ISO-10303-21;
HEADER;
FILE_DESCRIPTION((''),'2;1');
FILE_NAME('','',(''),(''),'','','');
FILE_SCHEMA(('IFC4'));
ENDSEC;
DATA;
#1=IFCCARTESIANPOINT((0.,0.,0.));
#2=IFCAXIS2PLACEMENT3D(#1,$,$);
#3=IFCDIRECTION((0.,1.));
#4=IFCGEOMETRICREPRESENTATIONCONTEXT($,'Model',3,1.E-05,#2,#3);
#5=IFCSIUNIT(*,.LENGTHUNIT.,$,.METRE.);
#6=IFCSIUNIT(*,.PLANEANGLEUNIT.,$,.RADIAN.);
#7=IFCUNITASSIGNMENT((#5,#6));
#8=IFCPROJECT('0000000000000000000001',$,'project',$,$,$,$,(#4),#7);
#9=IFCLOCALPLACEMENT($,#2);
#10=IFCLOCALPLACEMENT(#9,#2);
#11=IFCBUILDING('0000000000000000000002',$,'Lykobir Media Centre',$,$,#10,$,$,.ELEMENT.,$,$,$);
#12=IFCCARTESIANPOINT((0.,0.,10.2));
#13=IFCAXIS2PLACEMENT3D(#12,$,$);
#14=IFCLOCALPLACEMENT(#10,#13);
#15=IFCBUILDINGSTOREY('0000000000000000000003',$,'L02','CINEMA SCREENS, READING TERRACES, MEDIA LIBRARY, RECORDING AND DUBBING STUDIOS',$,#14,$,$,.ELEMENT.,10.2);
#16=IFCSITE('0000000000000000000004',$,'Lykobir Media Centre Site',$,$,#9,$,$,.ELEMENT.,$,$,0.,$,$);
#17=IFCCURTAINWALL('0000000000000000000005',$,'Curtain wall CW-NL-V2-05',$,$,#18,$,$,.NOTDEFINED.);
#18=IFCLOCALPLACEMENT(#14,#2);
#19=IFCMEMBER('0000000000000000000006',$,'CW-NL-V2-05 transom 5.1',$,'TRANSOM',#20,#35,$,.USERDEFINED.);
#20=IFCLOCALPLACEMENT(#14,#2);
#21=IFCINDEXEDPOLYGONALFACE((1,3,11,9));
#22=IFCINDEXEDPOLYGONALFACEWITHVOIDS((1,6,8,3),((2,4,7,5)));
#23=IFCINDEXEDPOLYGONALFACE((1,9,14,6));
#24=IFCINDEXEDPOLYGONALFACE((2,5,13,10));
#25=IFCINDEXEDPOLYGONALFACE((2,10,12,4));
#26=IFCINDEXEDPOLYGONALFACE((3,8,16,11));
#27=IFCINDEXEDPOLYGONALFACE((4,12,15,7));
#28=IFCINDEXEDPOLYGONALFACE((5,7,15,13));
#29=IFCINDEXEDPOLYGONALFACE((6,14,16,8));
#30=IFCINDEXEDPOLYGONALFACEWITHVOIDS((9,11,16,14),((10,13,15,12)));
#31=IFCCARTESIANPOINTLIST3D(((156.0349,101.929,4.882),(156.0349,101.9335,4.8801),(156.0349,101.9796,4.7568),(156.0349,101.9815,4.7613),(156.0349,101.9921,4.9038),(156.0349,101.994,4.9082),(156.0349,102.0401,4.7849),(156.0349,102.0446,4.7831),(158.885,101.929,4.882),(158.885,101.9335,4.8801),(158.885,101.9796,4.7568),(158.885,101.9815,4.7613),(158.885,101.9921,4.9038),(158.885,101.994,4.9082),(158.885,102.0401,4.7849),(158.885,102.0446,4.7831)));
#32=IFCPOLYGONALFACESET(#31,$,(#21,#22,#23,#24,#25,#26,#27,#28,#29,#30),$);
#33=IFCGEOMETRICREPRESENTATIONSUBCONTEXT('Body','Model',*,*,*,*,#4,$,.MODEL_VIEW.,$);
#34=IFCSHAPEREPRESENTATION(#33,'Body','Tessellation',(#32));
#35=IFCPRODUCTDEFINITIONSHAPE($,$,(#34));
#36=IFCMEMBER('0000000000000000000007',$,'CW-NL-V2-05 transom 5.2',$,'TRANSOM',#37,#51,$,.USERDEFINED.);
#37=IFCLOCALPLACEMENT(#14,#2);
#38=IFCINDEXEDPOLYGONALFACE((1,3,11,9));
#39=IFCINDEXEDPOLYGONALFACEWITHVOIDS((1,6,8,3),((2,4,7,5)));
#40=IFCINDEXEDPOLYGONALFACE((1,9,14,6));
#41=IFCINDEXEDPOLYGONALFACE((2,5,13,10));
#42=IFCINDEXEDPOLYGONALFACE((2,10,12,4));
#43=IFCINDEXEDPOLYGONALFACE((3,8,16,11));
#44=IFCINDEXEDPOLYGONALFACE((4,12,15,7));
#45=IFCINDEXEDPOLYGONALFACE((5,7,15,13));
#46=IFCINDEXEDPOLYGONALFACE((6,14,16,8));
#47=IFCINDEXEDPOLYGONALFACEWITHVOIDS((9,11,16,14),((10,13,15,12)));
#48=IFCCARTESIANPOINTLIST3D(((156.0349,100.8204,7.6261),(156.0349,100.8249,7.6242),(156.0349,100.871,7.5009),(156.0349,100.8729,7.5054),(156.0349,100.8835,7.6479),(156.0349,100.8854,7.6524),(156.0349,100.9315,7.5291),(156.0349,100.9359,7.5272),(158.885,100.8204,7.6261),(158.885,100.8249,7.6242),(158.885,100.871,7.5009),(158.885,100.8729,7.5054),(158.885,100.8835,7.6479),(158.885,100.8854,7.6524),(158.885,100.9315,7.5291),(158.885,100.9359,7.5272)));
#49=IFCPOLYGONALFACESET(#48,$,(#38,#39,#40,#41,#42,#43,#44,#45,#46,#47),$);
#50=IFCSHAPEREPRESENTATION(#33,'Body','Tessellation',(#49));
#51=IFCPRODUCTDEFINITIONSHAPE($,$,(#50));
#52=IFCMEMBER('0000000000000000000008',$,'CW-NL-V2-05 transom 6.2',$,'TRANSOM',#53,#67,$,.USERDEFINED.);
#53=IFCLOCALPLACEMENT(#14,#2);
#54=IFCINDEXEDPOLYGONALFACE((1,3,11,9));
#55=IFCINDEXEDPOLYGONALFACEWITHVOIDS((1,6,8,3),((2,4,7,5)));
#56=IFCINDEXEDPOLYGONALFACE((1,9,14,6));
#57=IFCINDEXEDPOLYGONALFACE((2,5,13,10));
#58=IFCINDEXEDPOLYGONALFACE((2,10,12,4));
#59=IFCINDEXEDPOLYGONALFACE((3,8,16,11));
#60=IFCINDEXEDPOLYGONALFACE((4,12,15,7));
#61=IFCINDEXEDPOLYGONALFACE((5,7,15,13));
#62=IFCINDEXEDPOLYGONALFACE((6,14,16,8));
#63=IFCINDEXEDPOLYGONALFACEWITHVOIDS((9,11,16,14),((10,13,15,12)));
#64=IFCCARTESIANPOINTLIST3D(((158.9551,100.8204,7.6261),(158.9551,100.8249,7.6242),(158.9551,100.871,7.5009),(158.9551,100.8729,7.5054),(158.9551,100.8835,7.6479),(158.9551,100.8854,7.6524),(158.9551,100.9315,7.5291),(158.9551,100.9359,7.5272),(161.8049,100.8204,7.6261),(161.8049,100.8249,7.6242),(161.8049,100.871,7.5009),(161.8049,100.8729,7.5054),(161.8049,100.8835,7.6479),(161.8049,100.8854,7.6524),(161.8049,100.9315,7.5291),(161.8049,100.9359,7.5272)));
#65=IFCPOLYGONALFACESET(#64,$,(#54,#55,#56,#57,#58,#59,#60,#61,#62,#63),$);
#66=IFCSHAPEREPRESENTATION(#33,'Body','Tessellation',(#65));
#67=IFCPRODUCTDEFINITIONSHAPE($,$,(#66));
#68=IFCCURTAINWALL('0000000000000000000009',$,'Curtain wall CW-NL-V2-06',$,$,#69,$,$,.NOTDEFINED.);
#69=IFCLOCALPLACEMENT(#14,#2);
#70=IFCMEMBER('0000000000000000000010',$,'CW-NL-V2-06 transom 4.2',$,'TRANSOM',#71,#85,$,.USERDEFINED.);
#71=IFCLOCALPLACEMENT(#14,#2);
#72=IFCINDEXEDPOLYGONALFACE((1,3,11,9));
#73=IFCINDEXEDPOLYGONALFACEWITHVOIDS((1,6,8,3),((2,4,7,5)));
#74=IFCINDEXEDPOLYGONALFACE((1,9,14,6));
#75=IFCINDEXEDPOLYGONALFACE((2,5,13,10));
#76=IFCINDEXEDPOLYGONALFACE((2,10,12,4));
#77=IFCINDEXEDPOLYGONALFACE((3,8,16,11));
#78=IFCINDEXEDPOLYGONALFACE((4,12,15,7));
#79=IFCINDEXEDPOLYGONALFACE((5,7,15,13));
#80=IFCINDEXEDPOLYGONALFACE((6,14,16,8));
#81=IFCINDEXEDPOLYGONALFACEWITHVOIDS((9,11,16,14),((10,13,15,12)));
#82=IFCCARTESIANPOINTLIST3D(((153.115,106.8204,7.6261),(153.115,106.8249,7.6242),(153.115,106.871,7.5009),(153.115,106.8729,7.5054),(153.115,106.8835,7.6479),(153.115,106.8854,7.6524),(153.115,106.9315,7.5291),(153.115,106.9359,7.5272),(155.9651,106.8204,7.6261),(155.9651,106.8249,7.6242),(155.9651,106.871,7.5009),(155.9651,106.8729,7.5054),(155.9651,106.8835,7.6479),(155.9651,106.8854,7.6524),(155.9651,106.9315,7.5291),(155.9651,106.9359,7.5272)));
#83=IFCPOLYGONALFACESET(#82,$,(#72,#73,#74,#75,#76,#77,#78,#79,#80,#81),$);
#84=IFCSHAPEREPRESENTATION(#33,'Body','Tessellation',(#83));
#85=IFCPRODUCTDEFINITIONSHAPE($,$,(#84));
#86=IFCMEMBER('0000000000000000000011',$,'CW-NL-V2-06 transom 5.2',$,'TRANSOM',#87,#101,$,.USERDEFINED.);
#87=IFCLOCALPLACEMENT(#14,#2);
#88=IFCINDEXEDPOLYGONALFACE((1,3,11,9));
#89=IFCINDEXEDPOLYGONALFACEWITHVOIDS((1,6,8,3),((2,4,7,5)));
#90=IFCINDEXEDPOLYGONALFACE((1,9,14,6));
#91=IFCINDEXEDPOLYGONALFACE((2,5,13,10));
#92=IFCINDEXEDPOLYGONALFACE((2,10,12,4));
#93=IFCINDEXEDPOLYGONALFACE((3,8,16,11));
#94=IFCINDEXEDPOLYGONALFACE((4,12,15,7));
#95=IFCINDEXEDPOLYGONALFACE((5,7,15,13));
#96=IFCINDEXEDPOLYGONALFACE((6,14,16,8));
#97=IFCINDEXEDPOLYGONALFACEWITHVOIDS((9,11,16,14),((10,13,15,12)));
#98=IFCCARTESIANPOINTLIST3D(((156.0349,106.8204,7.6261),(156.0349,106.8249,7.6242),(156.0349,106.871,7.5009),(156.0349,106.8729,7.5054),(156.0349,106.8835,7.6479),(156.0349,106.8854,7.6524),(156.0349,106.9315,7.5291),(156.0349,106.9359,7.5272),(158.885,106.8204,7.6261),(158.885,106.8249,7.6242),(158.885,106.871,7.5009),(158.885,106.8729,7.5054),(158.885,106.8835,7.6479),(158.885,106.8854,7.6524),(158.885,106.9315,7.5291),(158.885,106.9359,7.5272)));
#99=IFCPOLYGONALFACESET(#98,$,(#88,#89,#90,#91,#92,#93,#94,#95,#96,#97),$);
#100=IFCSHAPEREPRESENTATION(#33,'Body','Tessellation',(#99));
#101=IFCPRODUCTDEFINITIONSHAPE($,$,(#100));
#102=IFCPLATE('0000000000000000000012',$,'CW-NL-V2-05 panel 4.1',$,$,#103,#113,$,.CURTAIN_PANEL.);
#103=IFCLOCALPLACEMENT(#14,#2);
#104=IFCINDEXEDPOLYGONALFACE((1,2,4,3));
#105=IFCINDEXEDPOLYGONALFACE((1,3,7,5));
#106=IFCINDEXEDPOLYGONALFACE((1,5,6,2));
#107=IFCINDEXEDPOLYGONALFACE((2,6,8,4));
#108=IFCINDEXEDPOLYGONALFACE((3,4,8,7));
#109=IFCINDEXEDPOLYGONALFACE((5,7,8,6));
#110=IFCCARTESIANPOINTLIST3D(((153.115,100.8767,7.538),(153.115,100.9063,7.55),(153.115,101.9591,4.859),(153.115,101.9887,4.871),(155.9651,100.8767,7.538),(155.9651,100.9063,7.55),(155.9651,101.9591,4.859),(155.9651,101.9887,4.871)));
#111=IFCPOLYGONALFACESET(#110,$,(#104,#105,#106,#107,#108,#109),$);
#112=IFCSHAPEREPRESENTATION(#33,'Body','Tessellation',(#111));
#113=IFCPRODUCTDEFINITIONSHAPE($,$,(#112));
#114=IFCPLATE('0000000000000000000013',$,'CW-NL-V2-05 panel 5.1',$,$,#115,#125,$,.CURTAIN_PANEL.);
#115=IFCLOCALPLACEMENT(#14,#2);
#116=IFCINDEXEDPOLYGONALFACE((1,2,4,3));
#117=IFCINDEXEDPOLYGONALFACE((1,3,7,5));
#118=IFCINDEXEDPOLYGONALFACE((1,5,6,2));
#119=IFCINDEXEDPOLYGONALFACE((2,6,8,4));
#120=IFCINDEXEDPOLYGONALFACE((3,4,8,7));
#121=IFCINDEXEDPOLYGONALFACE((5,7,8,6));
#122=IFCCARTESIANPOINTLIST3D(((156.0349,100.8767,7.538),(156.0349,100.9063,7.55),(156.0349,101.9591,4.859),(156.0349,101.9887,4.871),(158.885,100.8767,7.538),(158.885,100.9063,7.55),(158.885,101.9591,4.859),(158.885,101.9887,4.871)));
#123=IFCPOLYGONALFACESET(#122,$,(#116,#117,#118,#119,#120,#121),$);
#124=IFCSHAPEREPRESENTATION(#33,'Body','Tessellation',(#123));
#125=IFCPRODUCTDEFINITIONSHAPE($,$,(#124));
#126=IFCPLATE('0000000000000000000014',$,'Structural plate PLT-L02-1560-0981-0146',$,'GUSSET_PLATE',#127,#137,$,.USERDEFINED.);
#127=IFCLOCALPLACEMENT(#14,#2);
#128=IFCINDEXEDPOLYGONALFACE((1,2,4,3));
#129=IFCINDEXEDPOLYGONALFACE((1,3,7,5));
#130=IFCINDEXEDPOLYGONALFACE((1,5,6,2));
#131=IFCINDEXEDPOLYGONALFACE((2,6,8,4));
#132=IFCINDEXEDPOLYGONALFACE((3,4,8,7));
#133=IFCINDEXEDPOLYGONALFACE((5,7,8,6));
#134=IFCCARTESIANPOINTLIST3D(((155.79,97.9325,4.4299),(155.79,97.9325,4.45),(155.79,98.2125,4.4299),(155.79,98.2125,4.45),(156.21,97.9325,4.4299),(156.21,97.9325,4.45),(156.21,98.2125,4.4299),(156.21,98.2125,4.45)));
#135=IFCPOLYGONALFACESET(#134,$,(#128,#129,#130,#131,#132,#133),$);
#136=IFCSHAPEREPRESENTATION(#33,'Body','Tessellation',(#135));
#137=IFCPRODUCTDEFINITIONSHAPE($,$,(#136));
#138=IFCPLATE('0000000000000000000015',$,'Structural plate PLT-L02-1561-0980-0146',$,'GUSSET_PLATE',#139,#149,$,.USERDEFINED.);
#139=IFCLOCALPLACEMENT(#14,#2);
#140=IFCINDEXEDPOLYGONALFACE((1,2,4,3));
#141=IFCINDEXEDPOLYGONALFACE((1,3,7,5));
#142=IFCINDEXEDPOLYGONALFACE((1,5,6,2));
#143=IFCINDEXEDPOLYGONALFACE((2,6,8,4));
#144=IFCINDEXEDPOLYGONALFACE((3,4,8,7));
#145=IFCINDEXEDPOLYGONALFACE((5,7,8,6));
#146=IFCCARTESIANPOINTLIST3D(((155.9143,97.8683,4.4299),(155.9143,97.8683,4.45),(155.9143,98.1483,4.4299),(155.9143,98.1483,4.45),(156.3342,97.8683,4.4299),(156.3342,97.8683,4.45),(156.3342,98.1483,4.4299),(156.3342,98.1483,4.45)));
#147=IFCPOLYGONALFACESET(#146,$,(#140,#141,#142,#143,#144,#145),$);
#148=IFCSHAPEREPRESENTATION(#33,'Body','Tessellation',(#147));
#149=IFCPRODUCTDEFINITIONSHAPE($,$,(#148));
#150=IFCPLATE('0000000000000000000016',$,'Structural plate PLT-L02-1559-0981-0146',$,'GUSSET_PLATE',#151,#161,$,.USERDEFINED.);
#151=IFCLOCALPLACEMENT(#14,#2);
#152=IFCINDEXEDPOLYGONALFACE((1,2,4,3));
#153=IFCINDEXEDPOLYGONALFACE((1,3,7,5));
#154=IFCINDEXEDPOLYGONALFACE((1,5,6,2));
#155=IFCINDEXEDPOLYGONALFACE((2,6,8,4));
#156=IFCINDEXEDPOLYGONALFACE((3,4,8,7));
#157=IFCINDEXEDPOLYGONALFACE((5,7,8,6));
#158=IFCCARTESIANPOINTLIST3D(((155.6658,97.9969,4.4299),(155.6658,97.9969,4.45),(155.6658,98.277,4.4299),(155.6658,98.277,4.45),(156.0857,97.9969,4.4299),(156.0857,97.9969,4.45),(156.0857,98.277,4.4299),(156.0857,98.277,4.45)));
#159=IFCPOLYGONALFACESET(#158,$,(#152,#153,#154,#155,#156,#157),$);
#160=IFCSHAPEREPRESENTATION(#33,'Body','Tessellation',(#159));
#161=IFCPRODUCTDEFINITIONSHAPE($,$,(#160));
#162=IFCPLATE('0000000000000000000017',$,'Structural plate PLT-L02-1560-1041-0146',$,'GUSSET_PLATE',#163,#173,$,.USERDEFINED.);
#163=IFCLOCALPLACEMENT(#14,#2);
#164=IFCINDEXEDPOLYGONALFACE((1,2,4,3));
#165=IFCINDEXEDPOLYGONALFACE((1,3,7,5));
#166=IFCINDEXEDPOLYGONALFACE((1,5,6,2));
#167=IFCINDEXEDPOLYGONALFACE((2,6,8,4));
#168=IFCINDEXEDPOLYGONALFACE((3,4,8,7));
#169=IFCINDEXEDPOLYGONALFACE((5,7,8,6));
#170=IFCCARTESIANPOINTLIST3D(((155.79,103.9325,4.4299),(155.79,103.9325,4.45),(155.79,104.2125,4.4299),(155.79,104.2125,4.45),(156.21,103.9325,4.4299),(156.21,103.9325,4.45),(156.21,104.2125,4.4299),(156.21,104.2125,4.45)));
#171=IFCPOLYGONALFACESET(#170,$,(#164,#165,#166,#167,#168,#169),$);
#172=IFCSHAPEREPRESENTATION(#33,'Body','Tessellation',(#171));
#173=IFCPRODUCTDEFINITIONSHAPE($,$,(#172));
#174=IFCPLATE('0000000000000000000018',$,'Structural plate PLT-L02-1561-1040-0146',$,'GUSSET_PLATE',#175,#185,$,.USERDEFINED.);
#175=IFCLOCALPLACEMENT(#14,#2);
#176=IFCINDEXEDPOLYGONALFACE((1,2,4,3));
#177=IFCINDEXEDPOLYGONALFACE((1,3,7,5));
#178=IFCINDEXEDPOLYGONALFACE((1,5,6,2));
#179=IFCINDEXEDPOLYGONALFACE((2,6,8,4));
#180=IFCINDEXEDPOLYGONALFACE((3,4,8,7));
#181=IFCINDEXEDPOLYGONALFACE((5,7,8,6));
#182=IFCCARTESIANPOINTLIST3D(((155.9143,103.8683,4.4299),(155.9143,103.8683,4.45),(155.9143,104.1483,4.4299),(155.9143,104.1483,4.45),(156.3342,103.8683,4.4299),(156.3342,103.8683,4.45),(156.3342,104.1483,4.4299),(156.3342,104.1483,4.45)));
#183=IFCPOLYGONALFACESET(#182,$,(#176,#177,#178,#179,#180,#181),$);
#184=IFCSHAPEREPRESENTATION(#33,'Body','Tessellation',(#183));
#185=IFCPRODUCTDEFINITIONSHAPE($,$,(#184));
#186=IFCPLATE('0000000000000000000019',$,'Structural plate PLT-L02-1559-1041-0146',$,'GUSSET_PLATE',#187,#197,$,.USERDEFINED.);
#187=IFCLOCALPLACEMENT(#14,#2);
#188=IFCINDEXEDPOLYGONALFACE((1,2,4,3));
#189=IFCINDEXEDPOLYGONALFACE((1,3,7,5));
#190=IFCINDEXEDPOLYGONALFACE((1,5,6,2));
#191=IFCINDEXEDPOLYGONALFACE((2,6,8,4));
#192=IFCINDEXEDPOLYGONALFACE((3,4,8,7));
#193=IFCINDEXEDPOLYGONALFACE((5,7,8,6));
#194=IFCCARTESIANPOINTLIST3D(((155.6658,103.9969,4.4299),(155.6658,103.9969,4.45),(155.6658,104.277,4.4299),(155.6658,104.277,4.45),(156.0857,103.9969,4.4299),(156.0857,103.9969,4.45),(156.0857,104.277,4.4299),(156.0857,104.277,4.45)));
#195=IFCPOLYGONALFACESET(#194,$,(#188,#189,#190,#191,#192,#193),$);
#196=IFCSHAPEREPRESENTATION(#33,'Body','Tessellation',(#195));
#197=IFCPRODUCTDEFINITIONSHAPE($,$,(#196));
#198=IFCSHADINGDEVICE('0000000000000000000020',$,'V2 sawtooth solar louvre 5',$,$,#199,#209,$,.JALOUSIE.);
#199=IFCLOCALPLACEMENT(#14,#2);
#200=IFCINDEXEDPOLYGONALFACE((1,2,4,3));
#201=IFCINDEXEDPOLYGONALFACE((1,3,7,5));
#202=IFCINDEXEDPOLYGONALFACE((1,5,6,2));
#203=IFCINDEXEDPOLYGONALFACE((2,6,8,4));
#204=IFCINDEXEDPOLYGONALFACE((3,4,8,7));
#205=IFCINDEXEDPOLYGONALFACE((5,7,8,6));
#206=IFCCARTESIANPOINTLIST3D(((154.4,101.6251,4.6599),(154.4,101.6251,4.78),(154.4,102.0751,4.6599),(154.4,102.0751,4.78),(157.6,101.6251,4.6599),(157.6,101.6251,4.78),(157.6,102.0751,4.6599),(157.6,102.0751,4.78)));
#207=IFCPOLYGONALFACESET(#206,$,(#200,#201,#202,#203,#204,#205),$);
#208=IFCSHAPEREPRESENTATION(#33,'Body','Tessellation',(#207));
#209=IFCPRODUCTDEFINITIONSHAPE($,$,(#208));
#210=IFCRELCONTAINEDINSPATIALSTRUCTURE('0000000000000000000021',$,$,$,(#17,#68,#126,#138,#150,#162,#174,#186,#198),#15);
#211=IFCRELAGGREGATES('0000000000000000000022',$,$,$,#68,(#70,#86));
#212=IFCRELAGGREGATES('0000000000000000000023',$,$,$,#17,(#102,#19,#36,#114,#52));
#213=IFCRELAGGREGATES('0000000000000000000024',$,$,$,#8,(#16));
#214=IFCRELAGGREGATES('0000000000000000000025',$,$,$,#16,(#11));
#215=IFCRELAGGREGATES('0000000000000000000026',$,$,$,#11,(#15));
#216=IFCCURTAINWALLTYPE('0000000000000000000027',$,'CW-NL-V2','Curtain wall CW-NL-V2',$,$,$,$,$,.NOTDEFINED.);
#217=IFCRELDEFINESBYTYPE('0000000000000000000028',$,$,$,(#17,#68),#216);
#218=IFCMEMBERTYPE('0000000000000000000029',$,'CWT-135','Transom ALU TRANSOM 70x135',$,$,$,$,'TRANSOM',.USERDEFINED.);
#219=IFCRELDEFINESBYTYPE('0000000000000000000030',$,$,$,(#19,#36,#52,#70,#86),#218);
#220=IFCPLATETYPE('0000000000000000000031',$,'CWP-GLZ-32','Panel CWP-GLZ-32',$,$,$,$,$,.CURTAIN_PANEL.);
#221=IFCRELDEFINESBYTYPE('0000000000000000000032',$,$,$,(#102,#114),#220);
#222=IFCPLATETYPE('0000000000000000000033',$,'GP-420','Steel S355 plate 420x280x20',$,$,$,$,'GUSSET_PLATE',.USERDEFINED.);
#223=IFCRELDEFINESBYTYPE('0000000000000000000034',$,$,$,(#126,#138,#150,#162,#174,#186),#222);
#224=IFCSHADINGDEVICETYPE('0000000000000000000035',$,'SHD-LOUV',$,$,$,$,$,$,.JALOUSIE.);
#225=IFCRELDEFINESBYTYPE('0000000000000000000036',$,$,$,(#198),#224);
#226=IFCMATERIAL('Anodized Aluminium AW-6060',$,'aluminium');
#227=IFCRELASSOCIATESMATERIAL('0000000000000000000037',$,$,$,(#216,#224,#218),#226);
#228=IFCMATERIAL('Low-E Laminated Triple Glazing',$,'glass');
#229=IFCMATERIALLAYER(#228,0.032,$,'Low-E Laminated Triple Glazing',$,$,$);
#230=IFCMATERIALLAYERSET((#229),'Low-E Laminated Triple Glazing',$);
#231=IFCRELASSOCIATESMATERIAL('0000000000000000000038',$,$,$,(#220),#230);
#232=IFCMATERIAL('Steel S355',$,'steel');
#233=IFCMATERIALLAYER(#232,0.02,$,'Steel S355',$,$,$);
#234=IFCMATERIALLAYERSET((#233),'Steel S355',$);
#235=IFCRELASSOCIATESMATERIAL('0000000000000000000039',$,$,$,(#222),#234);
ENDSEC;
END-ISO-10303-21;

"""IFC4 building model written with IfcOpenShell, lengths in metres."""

from ifc_helpers import new_model, si_unit, direction, frame, origin, origin_2d, place, context, subcontext, project, spatial, rectangle, hollow_rectangle, extrude, material, layer, layer_set, material_profile, profile_set, type_object, element, aggregate, save


model = new_model("IFC4")

# Units and contexts
model_context = context("Model", 3, precision=1e-05, world=origin(), true_north=direction((0.0, 1.0)))
body_context = subcontext(model_context, "Body", "Model", "MODEL_VIEW")
ifc_project = project(units=[si_unit("LENGTHUNIT", "METRE"), si_unit("PLANEANGLEUNIT", "RADIAN")], contexts=[model_context])

# Site, building, storey
site_placement = place(None, origin())
site = spatial("IfcSite", under=ifc_project, at=site_placement, Name="Lykobir Media Centre Site", CompositionType="ELEMENT", RefElevation=0.0)
building_placement = place(site_placement, origin())
building = spatial("IfcBuilding", under=site, at=building_placement, Name="Lykobir Media Centre", CompositionType="ELEMENT")
storey_placement = place(building_placement, frame((0.0, 0.0, 10.2)))
storey = spatial("IfcBuildingStorey", under=building, at=storey_placement, Name="L02", Description="CINEMA SCREENS, READING TERRACES, MEDIA LIBRARY, RECORDING AND DUBBING STUDIOS", CompositionType="ELEMENT", Elevation=10.2)

# Shared definitions
ifc_material_1 = material(Name="Steel S355", Category="steel")

# Curtain walls, members
ifc_material_2 = material(Name="Anodized Aluminium AW-6060", Category="aluminium")
curtain_wall_type = type_object("IfcCurtainWallType", Name="CW-NL-V2", Description="Curtain wall CW-NL-V2", PredefinedType="NOTDEFINED", material=ifc_material_2)
curtain_wall_1_placement = place(storey_placement, origin())
curtain_wall_1 = element("IfcCurtainWall", 1, at=curtain_wall_1_placement, inside=storey, type_object=curtain_wall_type, Name="Curtain wall CW-NL-V2-05", PredefinedType="NOTDEFINED")
ifc_material_profile_1 = material_profile(ifc_material_2, hollow_rectangle(XDim=0.0701, YDim=0.135, WallThickness=0.0034, at=origin_2d()), Name="ALU TRANSOM 70x135")
ifc_profile_set_1 = profile_set([ifc_material_profile_1], Name="Anodized Aluminium AW-6060")
member_type_1 = type_object("IfcMemberType", Name="CWT-135", Description="Transom ALU TRANSOM 70x135", ElementType="TRANSOM", PredefinedType="USERDEFINED", material=ifc_profile_set_1)
member_1_placement = place(storey_placement, frame((156.0349, 101.9868, 4.8325), z_axis=(1.0, 0.0, 0.0), x_axis=(0.0, 0.927184, 0.374607)))
member_1 = element("IfcMember", 2, at=member_1_placement, type_object=member_type_1, Name="CW-NL-V2-05 transom 5.1", ObjectType="TRANSOM", PredefinedType="USERDEFINED", context=body_context, shape_type="SweptSolid", body=[
    extrude(hollow_rectangle(XDim=0.0701, YDim=0.135, WallThickness=0.0034, at=origin_2d()), origin(), (0.0, 0.0, 1.0), 2.8501),
])
member_2_placement = place(storey_placement, frame((156.0349, 100.8782, 7.5767), z_axis=(1.0, 0.0, 0.0), x_axis=(0.0, 0.927184, 0.374607)))
member_2 = element("IfcMember", 3, at=member_2_placement, type_object=member_type_1, Name="CW-NL-V2-05 transom 5.2", ObjectType="TRANSOM", PredefinedType="USERDEFINED", context=body_context, shape_type="SweptSolid", body=[
    extrude(hollow_rectangle(XDim=0.0701, YDim=0.135, WallThickness=0.0034, at=origin_2d()), origin(), (0.0, 0.0, 1.0), 2.8501),
])
member_3_placement = place(storey_placement, frame((158.9551, 100.8782, 7.5767), z_axis=(1.0, 0.0, 0.0), x_axis=(0.0, 0.927184, 0.374607)))
member_3 = element("IfcMember", 4, at=member_3_placement, type_object=member_type_1, Name="CW-NL-V2-05 transom 6.2", ObjectType="TRANSOM", PredefinedType="USERDEFINED", context=body_context, shape_type="SweptSolid", body=[
    extrude(hollow_rectangle(XDim=0.0701, YDim=0.135, WallThickness=0.0034, at=origin_2d()), origin(), (0.0, 0.0, 1.0), 2.8499),
])
curtain_wall_2_placement = place(storey_placement, origin())
curtain_wall_2 = element("IfcCurtainWall", 5, at=curtain_wall_2_placement, inside=storey, type_object=curtain_wall_type, Name="Curtain wall CW-NL-V2-06", PredefinedType="NOTDEFINED")
member_4_placement = place(storey_placement, frame((153.115, 106.8782, 7.5767), z_axis=(1.0, 0.0, 0.0), x_axis=(0.0, 0.927184, 0.374607)))
member_4 = element("IfcMember", 6, at=member_4_placement, type_object=member_type_1, Name="CW-NL-V2-06 transom 4.2", ObjectType="TRANSOM", PredefinedType="USERDEFINED", context=body_context, shape_type="SweptSolid", body=[
    extrude(hollow_rectangle(XDim=0.0701, YDim=0.135, WallThickness=0.0034, at=origin_2d()), origin(), (0.0, 0.0, 1.0), 2.8501),
])
member_5_placement = place(storey_placement, frame((156.0349, 106.8782, 7.5767), z_axis=(1.0, 0.0, 0.0), x_axis=(0.0, 0.927184, 0.374607)))
member_5 = element("IfcMember", 7, at=member_5_placement, type_object=member_type_1, Name="CW-NL-V2-06 transom 5.2", ObjectType="TRANSOM", PredefinedType="USERDEFINED", context=body_context, shape_type="SweptSolid", body=[
    extrude(hollow_rectangle(XDim=0.0701, YDim=0.135, WallThickness=0.0034, at=origin_2d()), origin(), (0.0, 0.0, 1.0), 2.8501),
])
aggregate(curtain_wall_2, [member_4, member_5])

# Plates
ifc_material_3 = material(Name="Low-E Laminated Triple Glazing", Category="glass")
ifc_layer_1 = layer(ifc_material_3, 0.032, Name="Low-E Laminated Triple Glazing")
ifc_layer_set_1 = layer_set([ifc_layer_1], Name="Low-E Laminated Triple Glazing")
plate_type_1 = type_object("IfcPlateType", Name="CWP-GLZ-32", Description="Panel CWP-GLZ-32", PredefinedType="CURTAIN_PANEL", material=ifc_layer_set_1)
plate_1_placement = place(storey_placement, frame((154.54, 101.9739, 4.865), z_axis=(0.0, -0.374607, 0.927184), x_axis=(1.0, 0.0, 0.0)))
plate_1 = element("IfcPlate", 8, at=plate_1_placement, type_object=plate_type_1, Name="CW-NL-V2-05 panel 4.1", PredefinedType="CURTAIN_PANEL", context=body_context, shape_type="SweptSolid", body=[
    extrude(rectangle(XDim=2.8501, YDim=0.032, at=origin_2d()), origin(), (0.0, 0.0, 1.0), 2.8894),
])
plate_2_placement = place(storey_placement, frame((157.46, 101.9739, 4.865), z_axis=(0.0, -0.374607, 0.927184), x_axis=(1.0, 0.0, 0.0)))
plate_2 = element("IfcPlate", 9, at=plate_2_placement, type_object=plate_type_1, Name="CW-NL-V2-05 panel 5.1", PredefinedType="CURTAIN_PANEL", context=body_context, shape_type="SweptSolid", body=[
    extrude(rectangle(XDim=2.8501, YDim=0.032, at=origin_2d()), origin(), (0.0, 0.0, 1.0), 2.8894),
])
aggregate(curtain_wall_1, [plate_1, member_1, member_2, plate_2, member_3])

# Plates
ifc_layer_2 = layer(ifc_material_1, 0.02, Name="Steel S355")
ifc_layer_set_2 = layer_set([ifc_layer_2], Name="Steel S355")
plate_type_2 = type_object("IfcPlateType", Name="GP-420", Description="Steel S355 plate 420x280x20", ElementType="GUSSET_PLATE", PredefinedType="USERDEFINED", material=ifc_layer_set_2)
for number, where, z_axis, x_axis, name in (
    (10, (156.0, 98.0725, 4.4299), (0.0, 0.0, 1.0), (1.0, 0.0, 0.0), "Structural plate PLT-L02-1560-0981-0146"),
    (11, (156.1243, 98.0083, 4.4299), (0.0, 0.0, 1.0), (1.0, 0.0, 0.0), "Structural plate PLT-L02-1561-0980-0146"),
    (12, (155.8757, 98.137, 4.4299), (0.0, 0.0, 1.0), (1.0, 0.0, 0.0), "Structural plate PLT-L02-1559-0981-0146"),
    (13, (156.0, 104.0725, 4.4299), (0.0, 0.0, 1.0), (1.0, 0.0, 0.0), "Structural plate PLT-L02-1560-1041-0146"),
    (14, (156.1243, 104.0083, 4.4299), (0.0, 0.0, 1.0), (1.0, 0.0, 0.0), "Structural plate PLT-L02-1561-1040-0146"),
    (15, (155.8757, 104.137, 4.4299), (0.0, 0.0, 1.0), (1.0, 0.0, 0.0), "Structural plate PLT-L02-1559-1041-0146"),
):
    element("IfcPlate", number, at=place(storey_placement, frame(where, z_axis=z_axis, x_axis=x_axis)), inside=storey, type_object=plate_type_2, Name=name, ObjectType="GUSSET_PLATE", PredefinedType="USERDEFINED", context=body_context, shape_type="SweptSolid", body=[
        extrude(rectangle(XDim=0.4199, YDim=0.28, at=origin_2d()), origin(), (0.0, 0.0, 1.0), 0.02),
    ])

# Shading device
shading_device_type = type_object("IfcShadingDeviceType", Name="SHD-LOUV", PredefinedType="JALOUSIE", material=ifc_material_2)
shading_device_placement = place(storey_placement, frame((156.0, 101.8501, 4.6599), z_axis=(0.0, 0.0, 1.0), x_axis=(1.0, 0.0, 0.0)))
element("IfcShadingDevice", 16, at=shading_device_placement, inside=storey, type_object=shading_device_type, Name="V2 sawtooth solar louvre 5", PredefinedType="JALOUSIE", context=body_context, shape_type="SweptSolid", body=[
    extrude(rectangle(XDim=3.2, YDim=0.45, at=origin_2d()), origin(), (0.0, 0.0, 1.0), 0.1201),
])

save(model, "model.ifc")
